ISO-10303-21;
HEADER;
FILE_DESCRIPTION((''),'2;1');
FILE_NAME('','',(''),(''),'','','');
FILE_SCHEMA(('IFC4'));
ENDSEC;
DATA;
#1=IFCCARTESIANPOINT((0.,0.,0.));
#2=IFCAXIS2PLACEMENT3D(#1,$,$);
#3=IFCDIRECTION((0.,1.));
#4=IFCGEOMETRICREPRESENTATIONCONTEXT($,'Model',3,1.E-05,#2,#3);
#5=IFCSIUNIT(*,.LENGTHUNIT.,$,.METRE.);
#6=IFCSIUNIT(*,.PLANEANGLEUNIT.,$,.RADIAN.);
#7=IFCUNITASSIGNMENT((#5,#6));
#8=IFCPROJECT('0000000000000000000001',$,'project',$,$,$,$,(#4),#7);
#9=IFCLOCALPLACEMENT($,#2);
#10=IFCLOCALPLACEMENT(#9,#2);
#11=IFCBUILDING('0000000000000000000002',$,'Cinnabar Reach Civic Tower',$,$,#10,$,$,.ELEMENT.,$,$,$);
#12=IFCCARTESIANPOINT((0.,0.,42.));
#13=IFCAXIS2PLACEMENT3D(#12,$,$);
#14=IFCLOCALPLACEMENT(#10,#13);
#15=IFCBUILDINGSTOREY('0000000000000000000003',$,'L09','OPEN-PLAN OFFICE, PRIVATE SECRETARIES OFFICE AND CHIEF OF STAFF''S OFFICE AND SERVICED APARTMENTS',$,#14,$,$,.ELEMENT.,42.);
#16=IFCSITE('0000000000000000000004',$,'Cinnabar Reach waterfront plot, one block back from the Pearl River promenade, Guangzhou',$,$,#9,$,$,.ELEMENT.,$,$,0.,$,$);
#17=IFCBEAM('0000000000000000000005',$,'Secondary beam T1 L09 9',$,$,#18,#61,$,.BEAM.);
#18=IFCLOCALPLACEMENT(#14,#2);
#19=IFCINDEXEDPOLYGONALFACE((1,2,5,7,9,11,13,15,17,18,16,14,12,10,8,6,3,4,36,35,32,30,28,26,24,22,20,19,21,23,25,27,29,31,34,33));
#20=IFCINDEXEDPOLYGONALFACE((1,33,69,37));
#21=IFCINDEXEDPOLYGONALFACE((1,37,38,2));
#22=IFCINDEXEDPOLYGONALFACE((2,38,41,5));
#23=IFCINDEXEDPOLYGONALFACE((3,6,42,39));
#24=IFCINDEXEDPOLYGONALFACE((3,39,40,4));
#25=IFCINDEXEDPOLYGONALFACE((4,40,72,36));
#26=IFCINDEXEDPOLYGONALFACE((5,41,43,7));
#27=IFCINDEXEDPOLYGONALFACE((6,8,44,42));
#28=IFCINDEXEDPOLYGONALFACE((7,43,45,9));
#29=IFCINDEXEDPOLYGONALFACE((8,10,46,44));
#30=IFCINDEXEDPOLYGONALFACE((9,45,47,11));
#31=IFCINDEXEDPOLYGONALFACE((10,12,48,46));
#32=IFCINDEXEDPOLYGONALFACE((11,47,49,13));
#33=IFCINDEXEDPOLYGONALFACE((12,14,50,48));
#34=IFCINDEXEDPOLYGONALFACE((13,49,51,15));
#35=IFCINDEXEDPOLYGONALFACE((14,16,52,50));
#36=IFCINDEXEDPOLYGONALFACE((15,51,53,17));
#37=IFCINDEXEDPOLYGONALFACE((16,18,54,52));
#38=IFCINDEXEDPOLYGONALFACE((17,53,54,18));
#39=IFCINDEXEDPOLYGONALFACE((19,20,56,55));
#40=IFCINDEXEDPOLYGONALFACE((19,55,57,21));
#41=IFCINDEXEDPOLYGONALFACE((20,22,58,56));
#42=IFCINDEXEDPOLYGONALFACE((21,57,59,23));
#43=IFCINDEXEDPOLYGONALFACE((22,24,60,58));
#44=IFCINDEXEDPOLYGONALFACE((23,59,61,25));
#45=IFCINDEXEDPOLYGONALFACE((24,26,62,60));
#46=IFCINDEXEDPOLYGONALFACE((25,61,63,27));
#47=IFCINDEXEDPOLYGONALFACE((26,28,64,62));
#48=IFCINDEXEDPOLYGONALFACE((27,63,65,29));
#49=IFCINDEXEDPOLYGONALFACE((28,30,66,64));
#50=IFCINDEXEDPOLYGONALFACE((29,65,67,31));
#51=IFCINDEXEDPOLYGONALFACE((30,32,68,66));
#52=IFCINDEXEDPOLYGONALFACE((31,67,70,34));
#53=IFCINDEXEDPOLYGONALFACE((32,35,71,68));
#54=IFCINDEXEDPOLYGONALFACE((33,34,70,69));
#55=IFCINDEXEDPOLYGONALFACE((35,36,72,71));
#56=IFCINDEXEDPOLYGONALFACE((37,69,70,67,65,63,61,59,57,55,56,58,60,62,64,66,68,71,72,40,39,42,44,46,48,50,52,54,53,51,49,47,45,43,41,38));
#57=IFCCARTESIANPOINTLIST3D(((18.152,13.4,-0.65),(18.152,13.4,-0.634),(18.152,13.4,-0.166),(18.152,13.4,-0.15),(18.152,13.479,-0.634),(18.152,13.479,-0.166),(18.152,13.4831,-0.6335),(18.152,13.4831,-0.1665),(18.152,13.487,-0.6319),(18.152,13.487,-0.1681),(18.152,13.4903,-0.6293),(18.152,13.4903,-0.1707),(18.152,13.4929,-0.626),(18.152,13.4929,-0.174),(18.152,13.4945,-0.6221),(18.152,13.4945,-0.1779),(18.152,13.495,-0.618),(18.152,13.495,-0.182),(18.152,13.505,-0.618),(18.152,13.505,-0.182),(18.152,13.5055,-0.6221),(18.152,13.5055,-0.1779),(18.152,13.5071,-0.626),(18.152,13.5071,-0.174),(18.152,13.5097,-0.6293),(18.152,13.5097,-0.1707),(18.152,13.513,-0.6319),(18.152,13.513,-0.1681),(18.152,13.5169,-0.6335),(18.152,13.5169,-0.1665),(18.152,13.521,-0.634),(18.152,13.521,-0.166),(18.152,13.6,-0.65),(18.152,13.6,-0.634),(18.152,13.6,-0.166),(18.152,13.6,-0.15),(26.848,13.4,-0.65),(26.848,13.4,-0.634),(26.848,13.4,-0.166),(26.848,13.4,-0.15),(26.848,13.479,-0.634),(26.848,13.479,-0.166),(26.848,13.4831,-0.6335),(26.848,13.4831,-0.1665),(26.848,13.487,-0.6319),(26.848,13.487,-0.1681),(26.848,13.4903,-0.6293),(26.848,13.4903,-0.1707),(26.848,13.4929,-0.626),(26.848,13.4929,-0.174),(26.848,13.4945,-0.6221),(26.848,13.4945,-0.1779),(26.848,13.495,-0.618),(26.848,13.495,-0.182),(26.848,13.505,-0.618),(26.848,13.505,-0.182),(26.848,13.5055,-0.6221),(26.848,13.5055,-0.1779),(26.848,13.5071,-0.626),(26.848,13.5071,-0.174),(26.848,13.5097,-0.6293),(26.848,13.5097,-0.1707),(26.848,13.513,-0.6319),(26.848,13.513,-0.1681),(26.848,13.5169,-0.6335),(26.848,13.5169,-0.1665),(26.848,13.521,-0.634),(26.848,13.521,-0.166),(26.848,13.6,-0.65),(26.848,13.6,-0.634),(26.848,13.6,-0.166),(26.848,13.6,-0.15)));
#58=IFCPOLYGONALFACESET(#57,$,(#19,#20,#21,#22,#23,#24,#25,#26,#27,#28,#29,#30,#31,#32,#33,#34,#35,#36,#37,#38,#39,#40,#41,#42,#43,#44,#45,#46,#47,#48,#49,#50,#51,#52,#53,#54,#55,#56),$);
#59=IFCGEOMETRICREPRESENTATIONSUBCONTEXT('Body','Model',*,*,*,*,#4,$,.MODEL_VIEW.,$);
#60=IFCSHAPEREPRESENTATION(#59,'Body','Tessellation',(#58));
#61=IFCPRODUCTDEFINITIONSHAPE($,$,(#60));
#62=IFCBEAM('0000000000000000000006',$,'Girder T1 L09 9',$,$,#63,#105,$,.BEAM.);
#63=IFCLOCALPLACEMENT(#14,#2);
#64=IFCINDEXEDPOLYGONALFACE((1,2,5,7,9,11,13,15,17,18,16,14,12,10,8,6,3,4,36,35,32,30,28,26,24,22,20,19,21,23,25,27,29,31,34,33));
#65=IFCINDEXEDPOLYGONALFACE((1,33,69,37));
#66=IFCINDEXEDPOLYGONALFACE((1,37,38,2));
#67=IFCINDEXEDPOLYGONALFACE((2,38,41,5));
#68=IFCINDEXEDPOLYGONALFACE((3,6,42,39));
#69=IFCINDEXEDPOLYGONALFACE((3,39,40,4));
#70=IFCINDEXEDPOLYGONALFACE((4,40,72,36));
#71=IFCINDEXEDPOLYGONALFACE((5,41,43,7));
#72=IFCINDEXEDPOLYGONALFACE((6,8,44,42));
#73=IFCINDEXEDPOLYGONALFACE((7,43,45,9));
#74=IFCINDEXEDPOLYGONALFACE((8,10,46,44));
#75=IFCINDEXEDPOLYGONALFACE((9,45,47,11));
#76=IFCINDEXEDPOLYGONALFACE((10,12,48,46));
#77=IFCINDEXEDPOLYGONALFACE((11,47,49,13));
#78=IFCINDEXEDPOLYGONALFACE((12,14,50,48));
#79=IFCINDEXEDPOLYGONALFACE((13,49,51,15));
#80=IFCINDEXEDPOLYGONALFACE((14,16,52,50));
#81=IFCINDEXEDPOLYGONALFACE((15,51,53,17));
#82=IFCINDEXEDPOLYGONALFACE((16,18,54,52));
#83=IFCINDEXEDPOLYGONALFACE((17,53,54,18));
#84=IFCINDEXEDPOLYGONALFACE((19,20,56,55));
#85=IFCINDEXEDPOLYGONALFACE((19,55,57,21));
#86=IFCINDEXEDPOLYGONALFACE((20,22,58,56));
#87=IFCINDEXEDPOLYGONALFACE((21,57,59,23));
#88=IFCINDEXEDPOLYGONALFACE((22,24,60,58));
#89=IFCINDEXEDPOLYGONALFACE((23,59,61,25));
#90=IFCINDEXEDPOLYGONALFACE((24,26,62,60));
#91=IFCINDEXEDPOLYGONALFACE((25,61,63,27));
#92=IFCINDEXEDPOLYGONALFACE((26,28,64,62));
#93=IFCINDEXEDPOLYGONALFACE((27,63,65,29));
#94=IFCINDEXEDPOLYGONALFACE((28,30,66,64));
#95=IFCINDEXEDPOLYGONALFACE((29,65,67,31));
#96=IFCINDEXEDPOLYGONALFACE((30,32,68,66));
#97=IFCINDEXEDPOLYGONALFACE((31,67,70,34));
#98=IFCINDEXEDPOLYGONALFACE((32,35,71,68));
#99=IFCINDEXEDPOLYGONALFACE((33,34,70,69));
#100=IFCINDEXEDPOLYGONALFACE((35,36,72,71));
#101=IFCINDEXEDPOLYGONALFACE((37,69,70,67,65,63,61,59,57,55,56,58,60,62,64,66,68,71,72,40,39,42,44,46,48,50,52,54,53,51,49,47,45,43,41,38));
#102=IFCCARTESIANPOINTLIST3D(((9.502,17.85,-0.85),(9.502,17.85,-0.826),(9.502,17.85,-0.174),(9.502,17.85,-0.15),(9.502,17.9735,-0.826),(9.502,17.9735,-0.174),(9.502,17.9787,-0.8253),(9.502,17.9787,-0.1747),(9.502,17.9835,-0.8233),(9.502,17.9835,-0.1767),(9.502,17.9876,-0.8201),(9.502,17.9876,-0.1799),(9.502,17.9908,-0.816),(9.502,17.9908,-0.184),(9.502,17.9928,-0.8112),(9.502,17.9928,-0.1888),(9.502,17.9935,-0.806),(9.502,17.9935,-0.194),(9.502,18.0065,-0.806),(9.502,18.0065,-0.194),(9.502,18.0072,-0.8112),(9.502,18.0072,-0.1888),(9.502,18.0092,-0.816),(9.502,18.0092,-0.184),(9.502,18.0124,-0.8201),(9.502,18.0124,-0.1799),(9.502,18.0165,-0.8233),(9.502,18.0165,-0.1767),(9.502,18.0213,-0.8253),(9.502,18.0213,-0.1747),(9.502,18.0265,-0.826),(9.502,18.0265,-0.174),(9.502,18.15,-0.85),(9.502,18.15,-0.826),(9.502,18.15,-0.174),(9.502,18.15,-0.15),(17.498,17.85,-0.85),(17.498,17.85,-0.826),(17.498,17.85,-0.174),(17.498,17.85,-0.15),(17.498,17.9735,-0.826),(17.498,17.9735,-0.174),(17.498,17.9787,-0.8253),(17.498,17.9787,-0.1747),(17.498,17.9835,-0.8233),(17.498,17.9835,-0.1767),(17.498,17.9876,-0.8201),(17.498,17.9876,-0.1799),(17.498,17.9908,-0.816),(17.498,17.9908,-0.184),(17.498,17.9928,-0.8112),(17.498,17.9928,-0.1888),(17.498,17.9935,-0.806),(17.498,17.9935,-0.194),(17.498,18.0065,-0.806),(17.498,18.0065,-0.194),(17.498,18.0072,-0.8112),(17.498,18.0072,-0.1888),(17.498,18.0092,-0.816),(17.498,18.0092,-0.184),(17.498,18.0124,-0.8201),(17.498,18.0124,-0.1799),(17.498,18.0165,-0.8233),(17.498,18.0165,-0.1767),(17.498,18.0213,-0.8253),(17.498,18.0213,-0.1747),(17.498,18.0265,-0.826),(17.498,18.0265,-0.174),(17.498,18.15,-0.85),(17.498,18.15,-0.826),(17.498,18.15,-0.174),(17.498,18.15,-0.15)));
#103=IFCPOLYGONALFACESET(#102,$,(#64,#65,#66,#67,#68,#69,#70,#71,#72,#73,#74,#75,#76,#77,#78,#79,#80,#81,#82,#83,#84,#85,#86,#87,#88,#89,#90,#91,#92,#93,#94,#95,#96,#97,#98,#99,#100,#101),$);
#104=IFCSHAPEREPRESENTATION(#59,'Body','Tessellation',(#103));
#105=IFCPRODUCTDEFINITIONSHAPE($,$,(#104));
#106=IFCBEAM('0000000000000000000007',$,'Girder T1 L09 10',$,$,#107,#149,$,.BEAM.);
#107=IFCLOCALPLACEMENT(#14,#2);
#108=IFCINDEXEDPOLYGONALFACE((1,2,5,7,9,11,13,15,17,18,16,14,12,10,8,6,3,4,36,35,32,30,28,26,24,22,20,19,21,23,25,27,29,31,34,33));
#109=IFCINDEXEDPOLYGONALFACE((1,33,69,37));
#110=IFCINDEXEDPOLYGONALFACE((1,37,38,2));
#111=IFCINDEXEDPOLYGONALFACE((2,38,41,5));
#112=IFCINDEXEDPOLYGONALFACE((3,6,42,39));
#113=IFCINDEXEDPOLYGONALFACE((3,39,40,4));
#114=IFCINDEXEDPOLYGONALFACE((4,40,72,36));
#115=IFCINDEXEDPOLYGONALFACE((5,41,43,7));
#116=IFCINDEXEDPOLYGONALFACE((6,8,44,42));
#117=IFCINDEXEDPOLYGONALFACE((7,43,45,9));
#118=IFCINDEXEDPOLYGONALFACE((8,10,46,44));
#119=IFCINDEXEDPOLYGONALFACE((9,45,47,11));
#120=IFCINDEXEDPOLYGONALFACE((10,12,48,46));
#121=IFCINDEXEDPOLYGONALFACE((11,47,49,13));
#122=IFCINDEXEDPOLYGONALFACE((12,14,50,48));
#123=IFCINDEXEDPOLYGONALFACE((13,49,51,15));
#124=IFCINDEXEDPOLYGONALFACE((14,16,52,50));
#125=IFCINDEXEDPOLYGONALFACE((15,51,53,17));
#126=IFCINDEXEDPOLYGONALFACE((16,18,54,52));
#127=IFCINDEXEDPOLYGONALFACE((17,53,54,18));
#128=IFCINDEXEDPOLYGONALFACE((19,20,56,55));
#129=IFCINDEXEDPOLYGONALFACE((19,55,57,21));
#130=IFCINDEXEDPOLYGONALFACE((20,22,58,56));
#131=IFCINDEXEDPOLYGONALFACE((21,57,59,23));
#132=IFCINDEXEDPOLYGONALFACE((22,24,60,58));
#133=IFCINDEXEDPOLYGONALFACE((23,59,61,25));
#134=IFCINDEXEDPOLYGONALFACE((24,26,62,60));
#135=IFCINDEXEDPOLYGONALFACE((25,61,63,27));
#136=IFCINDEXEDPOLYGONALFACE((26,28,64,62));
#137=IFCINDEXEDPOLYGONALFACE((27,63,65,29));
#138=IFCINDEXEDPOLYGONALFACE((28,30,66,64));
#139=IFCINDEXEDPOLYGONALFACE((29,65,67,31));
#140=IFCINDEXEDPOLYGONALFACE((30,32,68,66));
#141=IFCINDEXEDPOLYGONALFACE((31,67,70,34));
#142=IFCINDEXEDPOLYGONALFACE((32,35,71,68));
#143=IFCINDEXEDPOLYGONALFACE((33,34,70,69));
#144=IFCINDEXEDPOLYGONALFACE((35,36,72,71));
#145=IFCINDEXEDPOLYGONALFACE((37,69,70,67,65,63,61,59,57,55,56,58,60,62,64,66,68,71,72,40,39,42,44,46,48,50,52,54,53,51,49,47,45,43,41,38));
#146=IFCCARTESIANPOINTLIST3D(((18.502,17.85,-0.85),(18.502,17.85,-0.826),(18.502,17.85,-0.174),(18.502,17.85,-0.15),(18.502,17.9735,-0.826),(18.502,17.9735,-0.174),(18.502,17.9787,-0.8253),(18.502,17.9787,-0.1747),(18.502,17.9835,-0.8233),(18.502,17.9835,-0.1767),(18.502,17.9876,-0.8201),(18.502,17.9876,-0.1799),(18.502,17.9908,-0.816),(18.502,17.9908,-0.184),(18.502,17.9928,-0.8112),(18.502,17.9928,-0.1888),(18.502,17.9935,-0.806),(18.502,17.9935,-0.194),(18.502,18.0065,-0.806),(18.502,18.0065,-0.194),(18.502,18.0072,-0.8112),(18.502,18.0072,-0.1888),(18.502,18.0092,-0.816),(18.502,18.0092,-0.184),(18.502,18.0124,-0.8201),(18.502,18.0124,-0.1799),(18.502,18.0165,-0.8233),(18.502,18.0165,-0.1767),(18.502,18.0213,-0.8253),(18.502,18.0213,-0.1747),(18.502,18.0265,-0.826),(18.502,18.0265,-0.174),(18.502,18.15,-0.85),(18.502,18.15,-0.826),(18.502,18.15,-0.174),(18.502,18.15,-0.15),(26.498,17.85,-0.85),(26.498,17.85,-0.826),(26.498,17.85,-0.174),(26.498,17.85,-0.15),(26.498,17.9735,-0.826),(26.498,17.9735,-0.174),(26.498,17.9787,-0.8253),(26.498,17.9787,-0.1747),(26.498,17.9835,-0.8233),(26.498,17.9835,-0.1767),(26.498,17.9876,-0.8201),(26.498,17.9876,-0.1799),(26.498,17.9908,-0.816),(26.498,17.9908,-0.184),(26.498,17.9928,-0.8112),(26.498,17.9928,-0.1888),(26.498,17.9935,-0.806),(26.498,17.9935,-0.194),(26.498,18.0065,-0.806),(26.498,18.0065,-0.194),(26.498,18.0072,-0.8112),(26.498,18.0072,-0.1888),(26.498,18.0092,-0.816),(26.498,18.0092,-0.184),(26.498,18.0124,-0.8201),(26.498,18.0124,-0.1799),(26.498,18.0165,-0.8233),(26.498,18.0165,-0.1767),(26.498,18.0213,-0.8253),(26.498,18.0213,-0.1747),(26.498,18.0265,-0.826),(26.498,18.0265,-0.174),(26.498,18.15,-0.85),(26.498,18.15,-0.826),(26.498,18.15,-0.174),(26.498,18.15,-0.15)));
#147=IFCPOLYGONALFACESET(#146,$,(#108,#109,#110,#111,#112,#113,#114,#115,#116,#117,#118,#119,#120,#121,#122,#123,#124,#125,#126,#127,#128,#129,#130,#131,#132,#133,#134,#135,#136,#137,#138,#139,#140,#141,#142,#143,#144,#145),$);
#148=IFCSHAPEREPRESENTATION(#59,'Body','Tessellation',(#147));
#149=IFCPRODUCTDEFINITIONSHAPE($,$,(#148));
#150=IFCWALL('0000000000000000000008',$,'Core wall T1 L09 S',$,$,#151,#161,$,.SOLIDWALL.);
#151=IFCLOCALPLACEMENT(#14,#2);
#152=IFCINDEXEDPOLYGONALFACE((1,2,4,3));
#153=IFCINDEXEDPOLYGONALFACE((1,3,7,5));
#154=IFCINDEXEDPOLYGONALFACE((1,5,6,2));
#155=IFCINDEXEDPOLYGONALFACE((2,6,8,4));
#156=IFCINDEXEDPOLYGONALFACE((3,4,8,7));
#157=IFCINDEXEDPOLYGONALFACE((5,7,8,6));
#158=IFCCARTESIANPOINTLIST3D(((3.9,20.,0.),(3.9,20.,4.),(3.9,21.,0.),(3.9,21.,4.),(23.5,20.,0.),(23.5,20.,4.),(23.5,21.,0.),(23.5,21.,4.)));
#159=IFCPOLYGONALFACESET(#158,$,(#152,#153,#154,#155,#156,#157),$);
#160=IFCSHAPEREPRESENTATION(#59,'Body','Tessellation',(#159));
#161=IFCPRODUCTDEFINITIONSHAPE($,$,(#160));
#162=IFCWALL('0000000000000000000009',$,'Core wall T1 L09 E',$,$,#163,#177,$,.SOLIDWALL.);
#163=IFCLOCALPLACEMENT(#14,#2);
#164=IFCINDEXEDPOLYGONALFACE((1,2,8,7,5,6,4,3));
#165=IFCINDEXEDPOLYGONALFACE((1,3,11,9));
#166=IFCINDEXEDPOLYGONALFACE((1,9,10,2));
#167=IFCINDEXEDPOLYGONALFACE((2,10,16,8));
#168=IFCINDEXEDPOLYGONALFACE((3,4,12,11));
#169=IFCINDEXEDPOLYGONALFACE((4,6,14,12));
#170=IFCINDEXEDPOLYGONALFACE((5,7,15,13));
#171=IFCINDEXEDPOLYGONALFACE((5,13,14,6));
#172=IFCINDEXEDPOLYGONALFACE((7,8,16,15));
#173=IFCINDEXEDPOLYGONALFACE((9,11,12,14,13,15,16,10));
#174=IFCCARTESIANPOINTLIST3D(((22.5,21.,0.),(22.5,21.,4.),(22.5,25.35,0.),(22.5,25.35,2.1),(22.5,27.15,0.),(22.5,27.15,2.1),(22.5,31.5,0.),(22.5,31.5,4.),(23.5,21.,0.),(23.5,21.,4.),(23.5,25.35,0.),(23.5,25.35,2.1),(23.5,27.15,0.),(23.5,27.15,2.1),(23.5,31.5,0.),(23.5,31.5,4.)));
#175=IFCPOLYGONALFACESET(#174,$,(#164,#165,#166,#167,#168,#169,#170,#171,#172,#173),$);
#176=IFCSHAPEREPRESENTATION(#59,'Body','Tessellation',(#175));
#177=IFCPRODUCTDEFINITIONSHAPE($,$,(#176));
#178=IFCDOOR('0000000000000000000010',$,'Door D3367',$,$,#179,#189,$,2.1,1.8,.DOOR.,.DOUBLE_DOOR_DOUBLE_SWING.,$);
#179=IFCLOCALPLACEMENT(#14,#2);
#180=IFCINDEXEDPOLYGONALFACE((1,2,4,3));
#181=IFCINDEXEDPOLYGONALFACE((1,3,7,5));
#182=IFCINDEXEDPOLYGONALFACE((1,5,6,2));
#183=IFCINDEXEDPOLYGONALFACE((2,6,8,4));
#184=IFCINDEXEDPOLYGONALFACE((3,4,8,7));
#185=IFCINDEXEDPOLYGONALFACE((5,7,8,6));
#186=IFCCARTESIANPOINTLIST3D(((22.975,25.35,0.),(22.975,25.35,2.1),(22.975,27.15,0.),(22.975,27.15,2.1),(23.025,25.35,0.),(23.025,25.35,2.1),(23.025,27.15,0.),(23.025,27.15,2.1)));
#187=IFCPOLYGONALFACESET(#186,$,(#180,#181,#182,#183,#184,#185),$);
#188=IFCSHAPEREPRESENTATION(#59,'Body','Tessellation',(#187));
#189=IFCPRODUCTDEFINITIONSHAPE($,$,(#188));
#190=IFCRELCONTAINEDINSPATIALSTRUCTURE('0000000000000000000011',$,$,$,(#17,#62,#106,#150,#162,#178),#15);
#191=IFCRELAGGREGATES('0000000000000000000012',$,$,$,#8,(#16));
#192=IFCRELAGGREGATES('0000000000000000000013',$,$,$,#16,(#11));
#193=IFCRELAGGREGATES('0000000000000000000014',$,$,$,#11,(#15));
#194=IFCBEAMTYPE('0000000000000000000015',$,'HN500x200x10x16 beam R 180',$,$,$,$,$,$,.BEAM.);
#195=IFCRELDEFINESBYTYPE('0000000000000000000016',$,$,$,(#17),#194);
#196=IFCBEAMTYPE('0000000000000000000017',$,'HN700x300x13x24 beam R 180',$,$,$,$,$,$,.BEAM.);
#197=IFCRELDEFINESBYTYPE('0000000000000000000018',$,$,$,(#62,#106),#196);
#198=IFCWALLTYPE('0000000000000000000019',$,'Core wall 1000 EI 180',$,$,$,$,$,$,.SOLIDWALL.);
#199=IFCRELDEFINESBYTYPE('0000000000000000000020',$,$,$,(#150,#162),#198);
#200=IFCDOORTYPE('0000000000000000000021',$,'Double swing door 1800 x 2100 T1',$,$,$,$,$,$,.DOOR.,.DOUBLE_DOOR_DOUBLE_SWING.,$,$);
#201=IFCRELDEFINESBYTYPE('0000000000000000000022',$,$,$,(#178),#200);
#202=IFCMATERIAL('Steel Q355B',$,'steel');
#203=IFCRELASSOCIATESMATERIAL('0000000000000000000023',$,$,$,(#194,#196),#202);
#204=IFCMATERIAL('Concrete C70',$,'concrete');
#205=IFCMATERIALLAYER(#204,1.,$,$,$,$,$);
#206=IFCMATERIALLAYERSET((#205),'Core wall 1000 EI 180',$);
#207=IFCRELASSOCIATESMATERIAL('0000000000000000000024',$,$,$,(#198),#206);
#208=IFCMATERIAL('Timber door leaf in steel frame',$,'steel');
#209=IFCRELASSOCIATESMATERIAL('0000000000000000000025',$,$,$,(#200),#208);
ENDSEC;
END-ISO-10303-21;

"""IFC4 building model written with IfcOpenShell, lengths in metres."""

from ifc_helpers import new_model, si_unit, direction, frame, frame_2d, origin, origin_2d, place, context, subcontext, project, spatial, rectangle, i_section, extrude, material, layer, layer_set, material_profile, profile_set, type_object, element, fill, save


model = new_model("IFC4")

# Units and contexts
model_context = context("Model", 3, precision=1e-05, world=origin(), true_north=direction((0.0, 1.0)))
body_context = subcontext(model_context, "Body", "Model", "MODEL_VIEW")
ifc_project = project(units=[si_unit("LENGTHUNIT", "METRE"), si_unit("PLANEANGLEUNIT", "RADIAN")], contexts=[model_context])

# Site, building, storey
site_placement = place(None, origin())
site = spatial("IfcSite", under=ifc_project, at=site_placement, Name="Cinnabar Reach waterfront plot, one block back from the Pearl River promenade, Guangzhou", CompositionType="ELEMENT", RefElevation=0.0)
building_placement = place(site_placement, origin())
building = spatial("IfcBuilding", under=site, at=building_placement, Name="Cinnabar Reach Civic Tower", CompositionType="ELEMENT")
storey_placement = place(building_placement, frame((0.0, 0.0, 42.0)))
storey = spatial("IfcBuildingStorey", under=building, at=storey_placement, Name="L09", Description="OPEN-PLAN OFFICE, PRIVATE SECRETARIES OFFICE AND CHIEF OF STAFF'S OFFICE AND SERVICED APARTMENTS", CompositionType="ELEMENT", Elevation=42.0)

# Shared definitions
ifc_material_1 = material(Name="Concrete C70", Category="concrete")

# Beams
ifc_material_2 = material(Name="Steel Q355B", Category="steel")
ifc_material_profile_1 = material_profile(ifc_material_2, i_section(OverallWidth=0.2, OverallDepth=0.5, WebThickness=0.01, FlangeThickness=0.016, FilletRadius=0.016, at=origin_2d()), Name="HN500x200x10x16")
ifc_profile_set_1 = profile_set([ifc_material_profile_1], Name="Steel Q355B")
beam_type_1 = type_object("IfcBeamType", Name="HN500x200x10x16 beam R 180", PredefinedType="BEAM", material=ifc_profile_set_1)
for number, where, z_axis, x_axis, name in (
    (1, (18.152, 13.5, -0.4), (1.0, 0.0, 0.0), (0.0, 1.0, 0.0), "Secondary beam T1 L09 9"),
):
    element("IfcBeam", number, at=place(storey_placement, frame(where, z_axis=z_axis, x_axis=x_axis)), inside=storey, type_object=beam_type_1, Name=name, PredefinedType="BEAM", context=body_context, shape_type="SweptSolid", body=[
        extrude(i_section(OverallWidth=0.2, OverallDepth=0.5, WebThickness=0.01, FlangeThickness=0.016, FilletRadius=0.016, at=origin_2d()), origin(), (0.0, 0.0, 1.0), 8.696),
    ])
ifc_material_profile_2 = material_profile(ifc_material_2, i_section(OverallWidth=0.3, OverallDepth=0.7, WebThickness=0.013, FlangeThickness=0.024, FilletRadius=0.02, at=origin_2d()), Name="HN700x300x13x24")
ifc_profile_set_2 = profile_set([ifc_material_profile_2], Name="Steel Q355B")
beam_type_2 = type_object("IfcBeamType", Name="HN700x300x13x24 beam R 180", PredefinedType="BEAM", material=ifc_profile_set_2)
for number, where, z_axis, x_axis, name in (
    (2, (9.502, 18.0, -0.5), (1.0, 0.0, 0.0), (0.0, 1.0, 0.0), "Girder T1 L09 9"),
    (3, (18.502, 18.0, -0.5), (1.0, 0.0, 0.0), (0.0, 1.0, 0.0), "Girder T1 L09 10"),
):
    element("IfcBeam", number, at=place(storey_placement, frame(where, z_axis=z_axis, x_axis=x_axis)), inside=storey, type_object=beam_type_2, Name=name, PredefinedType="BEAM", context=body_context, shape_type="SweptSolid", body=[
        extrude(i_section(OverallWidth=0.3, OverallDepth=0.7, WebThickness=0.013, FlangeThickness=0.024, FilletRadius=0.02, at=origin_2d()), origin(), (0.0, 0.0, 1.0), 7.996),
    ])

# Wall
ifc_layer_1 = layer(ifc_material_1, 1.0)
ifc_layer_set_1 = layer_set([ifc_layer_1], Name="Core wall 1000 EI 180")
wall_type_1 = type_object("IfcWallType", Name="Core wall 1000 EI 180", PredefinedType="SOLIDWALL", material=ifc_layer_set_1)
wall_1_placement = place(storey_placement, frame((3.9, 20.5, 0.0), z_axis=(0.0, 0.0, 1.0), x_axis=(1.0, 0.0, 0.0)))
element("IfcWall", 4, at=wall_1_placement, inside=storey, type_object=wall_type_1, Name="Core wall T1 L09 S", PredefinedType="SOLIDWALL", context=body_context, shape_type="SweptSolid", body=[
    extrude(rectangle(XDim=19.6, YDim=1.0, at=frame_2d((9.8, 0.0))), origin(), (0.0, 0.0, 1.0), 4.0),
])

# Wall, opening, door
wall_2_placement = place(storey_placement, frame((23.0, 21.0, 0.0), z_axis=(0.0, 0.0, 1.0), x_axis=(0.0, 1.0, 0.0)))
wall_2 = element("IfcWall", 5, at=wall_2_placement, inside=storey, type_object=wall_type_1, Name="Core wall T1 L09 E", PredefinedType="SOLIDWALL", context=body_context, shape_type="SweptSolid", body=[
    extrude(rectangle(XDim=10.5, YDim=1.0, at=frame_2d((5.25, 0.0))), origin(), (0.0, 0.0, 1.0), 4.0),
])
opening_1_placement = place(wall_2_placement, frame((4.35, 0.0, 0.0)))
opening_1 = element("IfcOpeningElement", 6, at=opening_1_placement, cuts=wall_2, PredefinedType="OPENING", context=body_context, shape_type="SweptSolid", body=[
    extrude(rectangle(XDim=1.8, YDim=2.1, at=frame_2d((0.9, 1.05))), frame((0.0, 0.51, 0.0), z_axis=(0.0, -1.0, 0.0), x_axis=(1.0, 0.0, 0.0)), (0.0, 0.0, 1.0), 1.02),
])
ifc_material_3 = material(Name="Timber door leaf in steel frame", Category="steel")
door_type_1 = type_object("IfcDoorType", Name="Double swing door 1800 x 2100 T1", OperationType="DOUBLE_DOOR_DOUBLE_SWING", PredefinedType="DOOR", material=ifc_material_3)
door_1_placement = place(opening_1_placement, origin())
door_1 = element("IfcDoor", 7, at=door_1_placement, inside=storey, type_object=door_type_1, Name="Door D3367", OperationType="DOUBLE_DOOR_DOUBLE_SWING", OverallHeight=2.1, OverallWidth=1.8, PredefinedType="DOOR", context=body_context, shape_type="SweptSolid", body=[
    extrude(rectangle(XDim=1.8, YDim=2.1, at=frame_2d((0.9, 1.05))), frame((0.0, 0.025, 0.0), z_axis=(0.0, -1.0, 0.0), x_axis=(1.0, 0.0, 0.0)), (0.0, 0.0, 1.0), 0.05),
])
fill(opening_1, door_1)

save(model, "model.ifc")
